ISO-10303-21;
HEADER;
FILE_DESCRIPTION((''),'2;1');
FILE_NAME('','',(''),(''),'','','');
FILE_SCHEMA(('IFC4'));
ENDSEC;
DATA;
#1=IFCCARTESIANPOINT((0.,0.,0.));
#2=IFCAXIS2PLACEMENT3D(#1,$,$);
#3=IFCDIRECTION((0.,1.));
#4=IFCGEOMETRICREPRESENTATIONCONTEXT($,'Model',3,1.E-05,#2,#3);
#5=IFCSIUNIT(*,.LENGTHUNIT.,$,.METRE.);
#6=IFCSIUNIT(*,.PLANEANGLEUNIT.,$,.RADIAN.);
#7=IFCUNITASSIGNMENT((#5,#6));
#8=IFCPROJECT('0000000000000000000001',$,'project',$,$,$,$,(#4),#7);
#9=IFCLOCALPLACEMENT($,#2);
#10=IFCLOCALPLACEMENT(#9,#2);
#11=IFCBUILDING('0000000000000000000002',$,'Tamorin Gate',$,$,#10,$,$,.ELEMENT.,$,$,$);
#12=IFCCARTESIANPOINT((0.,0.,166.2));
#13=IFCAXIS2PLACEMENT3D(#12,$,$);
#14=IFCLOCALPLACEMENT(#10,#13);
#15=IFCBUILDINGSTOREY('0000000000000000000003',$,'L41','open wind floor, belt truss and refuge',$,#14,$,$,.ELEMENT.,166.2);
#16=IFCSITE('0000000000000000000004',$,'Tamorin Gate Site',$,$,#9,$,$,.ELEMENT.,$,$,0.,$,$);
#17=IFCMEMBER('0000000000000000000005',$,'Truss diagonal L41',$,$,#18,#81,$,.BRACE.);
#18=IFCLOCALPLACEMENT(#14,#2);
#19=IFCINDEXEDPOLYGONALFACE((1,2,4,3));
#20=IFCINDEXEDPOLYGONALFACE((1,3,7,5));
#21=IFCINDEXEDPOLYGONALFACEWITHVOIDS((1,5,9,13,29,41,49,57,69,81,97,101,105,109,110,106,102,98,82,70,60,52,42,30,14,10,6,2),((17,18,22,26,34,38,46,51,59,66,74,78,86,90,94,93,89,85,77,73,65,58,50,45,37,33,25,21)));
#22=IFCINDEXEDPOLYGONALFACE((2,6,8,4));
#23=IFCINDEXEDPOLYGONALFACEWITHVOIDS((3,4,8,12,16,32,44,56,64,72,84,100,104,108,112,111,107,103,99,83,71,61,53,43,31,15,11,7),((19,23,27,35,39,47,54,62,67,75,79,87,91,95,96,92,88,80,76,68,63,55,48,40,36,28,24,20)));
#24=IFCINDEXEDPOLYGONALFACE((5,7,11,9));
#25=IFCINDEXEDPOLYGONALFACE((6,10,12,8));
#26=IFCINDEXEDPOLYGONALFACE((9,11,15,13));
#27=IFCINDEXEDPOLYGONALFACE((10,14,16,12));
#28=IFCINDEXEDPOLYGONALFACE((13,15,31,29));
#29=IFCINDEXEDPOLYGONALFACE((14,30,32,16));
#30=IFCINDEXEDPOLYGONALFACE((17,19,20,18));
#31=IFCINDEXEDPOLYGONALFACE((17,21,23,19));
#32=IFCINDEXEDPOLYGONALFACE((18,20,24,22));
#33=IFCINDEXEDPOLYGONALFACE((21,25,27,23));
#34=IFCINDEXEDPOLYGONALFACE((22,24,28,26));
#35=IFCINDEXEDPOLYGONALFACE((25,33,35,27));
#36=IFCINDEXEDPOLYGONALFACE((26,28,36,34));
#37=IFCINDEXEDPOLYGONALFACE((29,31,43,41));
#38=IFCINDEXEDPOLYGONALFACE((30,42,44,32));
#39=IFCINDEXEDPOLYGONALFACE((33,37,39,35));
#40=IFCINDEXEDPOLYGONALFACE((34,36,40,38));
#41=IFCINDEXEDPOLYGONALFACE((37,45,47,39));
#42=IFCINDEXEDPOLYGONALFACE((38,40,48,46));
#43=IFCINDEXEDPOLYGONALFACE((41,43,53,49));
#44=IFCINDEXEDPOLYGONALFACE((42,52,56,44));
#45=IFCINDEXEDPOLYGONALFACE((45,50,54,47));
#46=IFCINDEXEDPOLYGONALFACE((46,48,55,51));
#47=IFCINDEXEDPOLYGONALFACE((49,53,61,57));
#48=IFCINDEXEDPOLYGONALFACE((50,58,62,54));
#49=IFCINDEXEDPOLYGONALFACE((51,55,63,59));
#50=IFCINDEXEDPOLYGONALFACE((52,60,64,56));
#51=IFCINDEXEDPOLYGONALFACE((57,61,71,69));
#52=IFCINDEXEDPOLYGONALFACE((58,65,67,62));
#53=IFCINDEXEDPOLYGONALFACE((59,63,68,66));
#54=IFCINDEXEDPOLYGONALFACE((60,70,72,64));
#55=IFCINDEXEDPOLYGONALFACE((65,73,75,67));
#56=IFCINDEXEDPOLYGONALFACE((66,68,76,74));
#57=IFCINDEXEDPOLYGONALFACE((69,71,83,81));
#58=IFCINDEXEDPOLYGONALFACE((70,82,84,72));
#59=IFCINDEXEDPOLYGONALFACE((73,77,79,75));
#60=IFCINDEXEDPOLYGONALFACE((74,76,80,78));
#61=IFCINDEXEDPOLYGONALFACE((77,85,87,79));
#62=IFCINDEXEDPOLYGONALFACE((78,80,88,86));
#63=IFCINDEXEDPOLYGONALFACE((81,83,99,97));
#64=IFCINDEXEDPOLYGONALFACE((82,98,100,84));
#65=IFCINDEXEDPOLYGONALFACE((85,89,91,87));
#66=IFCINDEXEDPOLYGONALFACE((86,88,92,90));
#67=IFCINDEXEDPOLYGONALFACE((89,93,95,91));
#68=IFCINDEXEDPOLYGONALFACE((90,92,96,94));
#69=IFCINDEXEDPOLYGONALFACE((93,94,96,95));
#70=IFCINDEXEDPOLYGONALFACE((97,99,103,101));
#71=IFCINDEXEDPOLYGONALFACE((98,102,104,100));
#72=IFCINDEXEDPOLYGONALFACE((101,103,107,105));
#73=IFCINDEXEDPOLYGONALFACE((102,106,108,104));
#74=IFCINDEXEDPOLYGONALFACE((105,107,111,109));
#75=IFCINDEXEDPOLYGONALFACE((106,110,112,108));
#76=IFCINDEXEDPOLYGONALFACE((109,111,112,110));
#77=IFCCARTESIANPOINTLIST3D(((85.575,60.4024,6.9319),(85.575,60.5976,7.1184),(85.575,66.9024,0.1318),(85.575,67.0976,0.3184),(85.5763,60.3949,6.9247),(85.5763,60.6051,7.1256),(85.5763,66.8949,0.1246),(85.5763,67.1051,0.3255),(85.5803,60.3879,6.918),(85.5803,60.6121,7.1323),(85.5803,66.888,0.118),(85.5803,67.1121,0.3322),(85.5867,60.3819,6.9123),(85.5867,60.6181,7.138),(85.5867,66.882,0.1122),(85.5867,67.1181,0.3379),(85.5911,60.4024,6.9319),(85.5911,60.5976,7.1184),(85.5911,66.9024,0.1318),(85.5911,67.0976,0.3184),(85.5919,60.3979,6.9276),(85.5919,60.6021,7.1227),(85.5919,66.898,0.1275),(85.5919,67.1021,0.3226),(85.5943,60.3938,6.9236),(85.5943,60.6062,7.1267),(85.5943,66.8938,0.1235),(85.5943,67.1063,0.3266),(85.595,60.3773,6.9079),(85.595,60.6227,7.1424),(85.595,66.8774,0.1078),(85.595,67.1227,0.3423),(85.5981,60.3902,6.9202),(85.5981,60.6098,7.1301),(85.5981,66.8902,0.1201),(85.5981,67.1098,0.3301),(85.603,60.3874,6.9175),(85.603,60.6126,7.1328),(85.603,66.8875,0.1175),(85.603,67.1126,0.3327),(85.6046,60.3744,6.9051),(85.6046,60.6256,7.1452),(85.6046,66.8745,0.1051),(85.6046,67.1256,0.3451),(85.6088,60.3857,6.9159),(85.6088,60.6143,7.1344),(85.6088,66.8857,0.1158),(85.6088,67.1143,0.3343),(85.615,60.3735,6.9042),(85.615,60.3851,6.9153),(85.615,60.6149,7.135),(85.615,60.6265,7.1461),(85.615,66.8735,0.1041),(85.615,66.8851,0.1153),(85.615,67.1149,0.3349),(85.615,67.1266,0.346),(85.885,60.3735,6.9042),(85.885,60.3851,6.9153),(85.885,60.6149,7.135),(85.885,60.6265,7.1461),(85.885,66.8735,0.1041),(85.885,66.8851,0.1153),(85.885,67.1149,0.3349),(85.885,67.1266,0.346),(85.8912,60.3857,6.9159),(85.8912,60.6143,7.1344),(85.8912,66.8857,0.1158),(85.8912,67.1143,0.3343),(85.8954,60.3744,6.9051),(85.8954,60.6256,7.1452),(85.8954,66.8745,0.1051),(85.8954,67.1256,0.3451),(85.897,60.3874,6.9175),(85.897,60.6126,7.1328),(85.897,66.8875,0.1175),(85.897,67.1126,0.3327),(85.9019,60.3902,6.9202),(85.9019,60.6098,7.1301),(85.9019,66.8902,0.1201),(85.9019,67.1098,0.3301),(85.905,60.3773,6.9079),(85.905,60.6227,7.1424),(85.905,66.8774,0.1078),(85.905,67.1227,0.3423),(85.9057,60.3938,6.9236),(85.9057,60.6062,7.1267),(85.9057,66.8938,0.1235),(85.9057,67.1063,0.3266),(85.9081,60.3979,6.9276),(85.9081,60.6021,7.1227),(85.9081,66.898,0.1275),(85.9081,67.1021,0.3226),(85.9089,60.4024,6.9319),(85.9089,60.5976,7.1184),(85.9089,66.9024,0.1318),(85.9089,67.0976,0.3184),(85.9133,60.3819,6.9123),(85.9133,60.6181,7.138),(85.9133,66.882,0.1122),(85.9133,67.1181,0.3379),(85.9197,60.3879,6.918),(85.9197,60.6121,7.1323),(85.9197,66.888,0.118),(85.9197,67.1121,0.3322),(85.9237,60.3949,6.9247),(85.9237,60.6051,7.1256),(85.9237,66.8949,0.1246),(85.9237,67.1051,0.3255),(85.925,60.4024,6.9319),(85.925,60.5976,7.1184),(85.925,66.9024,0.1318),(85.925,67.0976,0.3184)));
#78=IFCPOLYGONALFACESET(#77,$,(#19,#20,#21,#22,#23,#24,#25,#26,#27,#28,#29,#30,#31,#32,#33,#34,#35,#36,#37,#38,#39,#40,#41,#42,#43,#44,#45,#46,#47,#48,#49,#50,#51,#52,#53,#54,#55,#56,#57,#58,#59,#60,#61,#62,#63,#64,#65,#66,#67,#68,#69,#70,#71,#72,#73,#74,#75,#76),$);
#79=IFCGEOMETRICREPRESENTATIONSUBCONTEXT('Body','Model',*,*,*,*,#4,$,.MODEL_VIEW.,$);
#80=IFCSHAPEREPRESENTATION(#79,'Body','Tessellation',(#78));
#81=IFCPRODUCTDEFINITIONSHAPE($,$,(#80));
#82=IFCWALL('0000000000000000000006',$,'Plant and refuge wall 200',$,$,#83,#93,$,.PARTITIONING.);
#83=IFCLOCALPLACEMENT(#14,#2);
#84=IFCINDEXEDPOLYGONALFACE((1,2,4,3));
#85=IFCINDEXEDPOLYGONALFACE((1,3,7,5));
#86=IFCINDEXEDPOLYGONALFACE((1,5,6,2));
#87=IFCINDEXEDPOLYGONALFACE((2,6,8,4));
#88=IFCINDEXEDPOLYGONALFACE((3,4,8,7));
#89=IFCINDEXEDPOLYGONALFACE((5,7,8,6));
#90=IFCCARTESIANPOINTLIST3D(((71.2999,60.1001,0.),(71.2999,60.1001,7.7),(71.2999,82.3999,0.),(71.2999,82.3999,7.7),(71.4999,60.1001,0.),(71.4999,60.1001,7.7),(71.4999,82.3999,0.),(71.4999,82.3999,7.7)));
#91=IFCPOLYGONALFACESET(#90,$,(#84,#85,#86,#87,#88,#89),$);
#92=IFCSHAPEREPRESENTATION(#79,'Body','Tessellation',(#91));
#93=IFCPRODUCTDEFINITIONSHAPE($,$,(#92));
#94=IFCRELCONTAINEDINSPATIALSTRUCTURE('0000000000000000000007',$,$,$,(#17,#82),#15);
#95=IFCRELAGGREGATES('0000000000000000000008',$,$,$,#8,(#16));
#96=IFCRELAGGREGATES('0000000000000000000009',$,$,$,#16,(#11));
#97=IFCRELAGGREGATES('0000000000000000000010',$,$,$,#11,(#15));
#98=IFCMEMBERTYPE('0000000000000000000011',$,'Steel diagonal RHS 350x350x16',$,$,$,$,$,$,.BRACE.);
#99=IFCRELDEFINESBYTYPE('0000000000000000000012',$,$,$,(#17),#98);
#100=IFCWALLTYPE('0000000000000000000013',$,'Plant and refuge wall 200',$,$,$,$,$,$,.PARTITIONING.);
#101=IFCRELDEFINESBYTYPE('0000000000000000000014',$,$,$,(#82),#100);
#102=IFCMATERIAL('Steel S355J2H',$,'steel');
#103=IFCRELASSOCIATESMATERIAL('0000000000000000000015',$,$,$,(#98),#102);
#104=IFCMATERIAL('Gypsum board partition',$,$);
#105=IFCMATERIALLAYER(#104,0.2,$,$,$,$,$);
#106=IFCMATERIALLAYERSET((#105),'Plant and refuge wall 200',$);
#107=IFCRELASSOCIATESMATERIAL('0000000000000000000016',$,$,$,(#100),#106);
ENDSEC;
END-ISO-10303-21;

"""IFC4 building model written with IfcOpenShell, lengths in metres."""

from ifc_helpers import new_model, si_unit, direction, frame, frame_2d, origin, origin_2d, place, context, subcontext, project, spatial, rectangle, hollow_rectangle, extrude, material, layer, layer_set, material_profile, profile_set, type_object, element, save


model = new_model("IFC4")

# Units and contexts
model_context = context("Model", 3, precision=1e-05, world=origin(), true_north=direction((0.0, 1.0)))
body_context = subcontext(model_context, "Body", "Model", "MODEL_VIEW")
ifc_project = project(units=[si_unit("LENGTHUNIT", "METRE"), si_unit("PLANEANGLEUNIT", "RADIAN")], contexts=[model_context])

# Site, building, storey
site_placement = place(None, origin())
site = spatial("IfcSite", under=ifc_project, at=site_placement, Name="Tamorin Gate Site", CompositionType="ELEMENT", RefElevation=0.0)
building_placement = place(site_placement, origin())
building = spatial("IfcBuilding", under=site, at=building_placement, Name="Tamorin Gate", CompositionType="ELEMENT")
storey_placement = place(building_placement, frame((0.0, 0.0, 166.2)))
storey = spatial("IfcBuildingStorey", under=building, at=storey_placement, Name="L41", Description="open wind floor, belt truss and refuge", CompositionType="ELEMENT", Elevation=166.2)

# Member
ifc_material_1 = material(Name="Steel S355J2H", Category="steel")
ifc_material_profile_1 = material_profile(ifc_material_1, hollow_rectangle(XDim=0.3501, YDim=0.3501, WallThickness=0.0161, InnerFilletRadius=0.0239, OuterFilletRadius=0.04, at=origin_2d()), Name="RHS 350x350x16")
ifc_profile_set_1 = profile_set([ifc_material_profile_1], Name="Steel S355J2H")
member_type_1 = type_object("IfcMemberType", Name="Steel diagonal RHS 350x350x16", PredefinedType="BRACE", material=ifc_profile_set_1)
for number, where, z_axis, x_axis, name in (
    (1, (85.75, 60.5, 7.0251), (0.0, 0.690979, -0.722875), (-1.0, 0.0, 0.0), "Truss diagonal L41"),
):
    element("IfcMember", number, at=place(storey_placement, frame(where, z_axis=z_axis, x_axis=x_axis)), inside=storey, type_object=member_type_1, Name=name, PredefinedType="BRACE", context=body_context, shape_type="SweptSolid", body=[
        extrude(hollow_rectangle(XDim=0.3501, YDim=0.3501, WallThickness=0.0161, InnerFilletRadius=0.0239, OuterFilletRadius=0.04, at=origin_2d()), origin(), (0.0, 0.0, 1.0), 9.407),
    ])

# Wall
ifc_material_2 = material(Name="Gypsum board partition")
ifc_layer = layer(ifc_material_2, 0.2)
ifc_layer_set = layer_set([ifc_layer], Name="Plant and refuge wall 200")
wall_type = type_object("IfcWallType", Name="Plant and refuge wall 200", PredefinedType="PARTITIONING", material=ifc_layer_set)
wall_placement = place(storey_placement, frame((71.3999, 60.1001, 0.0), z_axis=(0.0, 0.0, 1.0), x_axis=(0.0, 1.0, 0.0)))
element("IfcWall", 2, at=wall_placement, inside=storey, type_object=wall_type, Name="Plant and refuge wall 200", PredefinedType="PARTITIONING", context=body_context, shape_type="SweptSolid", body=[
    extrude(rectangle(XDim=22.2998, YDim=0.2, at=frame_2d((11.1499, 0.0))), origin(), (0.0, 0.0, 1.0), 7.7),
])

save(model, "model.ifc")
